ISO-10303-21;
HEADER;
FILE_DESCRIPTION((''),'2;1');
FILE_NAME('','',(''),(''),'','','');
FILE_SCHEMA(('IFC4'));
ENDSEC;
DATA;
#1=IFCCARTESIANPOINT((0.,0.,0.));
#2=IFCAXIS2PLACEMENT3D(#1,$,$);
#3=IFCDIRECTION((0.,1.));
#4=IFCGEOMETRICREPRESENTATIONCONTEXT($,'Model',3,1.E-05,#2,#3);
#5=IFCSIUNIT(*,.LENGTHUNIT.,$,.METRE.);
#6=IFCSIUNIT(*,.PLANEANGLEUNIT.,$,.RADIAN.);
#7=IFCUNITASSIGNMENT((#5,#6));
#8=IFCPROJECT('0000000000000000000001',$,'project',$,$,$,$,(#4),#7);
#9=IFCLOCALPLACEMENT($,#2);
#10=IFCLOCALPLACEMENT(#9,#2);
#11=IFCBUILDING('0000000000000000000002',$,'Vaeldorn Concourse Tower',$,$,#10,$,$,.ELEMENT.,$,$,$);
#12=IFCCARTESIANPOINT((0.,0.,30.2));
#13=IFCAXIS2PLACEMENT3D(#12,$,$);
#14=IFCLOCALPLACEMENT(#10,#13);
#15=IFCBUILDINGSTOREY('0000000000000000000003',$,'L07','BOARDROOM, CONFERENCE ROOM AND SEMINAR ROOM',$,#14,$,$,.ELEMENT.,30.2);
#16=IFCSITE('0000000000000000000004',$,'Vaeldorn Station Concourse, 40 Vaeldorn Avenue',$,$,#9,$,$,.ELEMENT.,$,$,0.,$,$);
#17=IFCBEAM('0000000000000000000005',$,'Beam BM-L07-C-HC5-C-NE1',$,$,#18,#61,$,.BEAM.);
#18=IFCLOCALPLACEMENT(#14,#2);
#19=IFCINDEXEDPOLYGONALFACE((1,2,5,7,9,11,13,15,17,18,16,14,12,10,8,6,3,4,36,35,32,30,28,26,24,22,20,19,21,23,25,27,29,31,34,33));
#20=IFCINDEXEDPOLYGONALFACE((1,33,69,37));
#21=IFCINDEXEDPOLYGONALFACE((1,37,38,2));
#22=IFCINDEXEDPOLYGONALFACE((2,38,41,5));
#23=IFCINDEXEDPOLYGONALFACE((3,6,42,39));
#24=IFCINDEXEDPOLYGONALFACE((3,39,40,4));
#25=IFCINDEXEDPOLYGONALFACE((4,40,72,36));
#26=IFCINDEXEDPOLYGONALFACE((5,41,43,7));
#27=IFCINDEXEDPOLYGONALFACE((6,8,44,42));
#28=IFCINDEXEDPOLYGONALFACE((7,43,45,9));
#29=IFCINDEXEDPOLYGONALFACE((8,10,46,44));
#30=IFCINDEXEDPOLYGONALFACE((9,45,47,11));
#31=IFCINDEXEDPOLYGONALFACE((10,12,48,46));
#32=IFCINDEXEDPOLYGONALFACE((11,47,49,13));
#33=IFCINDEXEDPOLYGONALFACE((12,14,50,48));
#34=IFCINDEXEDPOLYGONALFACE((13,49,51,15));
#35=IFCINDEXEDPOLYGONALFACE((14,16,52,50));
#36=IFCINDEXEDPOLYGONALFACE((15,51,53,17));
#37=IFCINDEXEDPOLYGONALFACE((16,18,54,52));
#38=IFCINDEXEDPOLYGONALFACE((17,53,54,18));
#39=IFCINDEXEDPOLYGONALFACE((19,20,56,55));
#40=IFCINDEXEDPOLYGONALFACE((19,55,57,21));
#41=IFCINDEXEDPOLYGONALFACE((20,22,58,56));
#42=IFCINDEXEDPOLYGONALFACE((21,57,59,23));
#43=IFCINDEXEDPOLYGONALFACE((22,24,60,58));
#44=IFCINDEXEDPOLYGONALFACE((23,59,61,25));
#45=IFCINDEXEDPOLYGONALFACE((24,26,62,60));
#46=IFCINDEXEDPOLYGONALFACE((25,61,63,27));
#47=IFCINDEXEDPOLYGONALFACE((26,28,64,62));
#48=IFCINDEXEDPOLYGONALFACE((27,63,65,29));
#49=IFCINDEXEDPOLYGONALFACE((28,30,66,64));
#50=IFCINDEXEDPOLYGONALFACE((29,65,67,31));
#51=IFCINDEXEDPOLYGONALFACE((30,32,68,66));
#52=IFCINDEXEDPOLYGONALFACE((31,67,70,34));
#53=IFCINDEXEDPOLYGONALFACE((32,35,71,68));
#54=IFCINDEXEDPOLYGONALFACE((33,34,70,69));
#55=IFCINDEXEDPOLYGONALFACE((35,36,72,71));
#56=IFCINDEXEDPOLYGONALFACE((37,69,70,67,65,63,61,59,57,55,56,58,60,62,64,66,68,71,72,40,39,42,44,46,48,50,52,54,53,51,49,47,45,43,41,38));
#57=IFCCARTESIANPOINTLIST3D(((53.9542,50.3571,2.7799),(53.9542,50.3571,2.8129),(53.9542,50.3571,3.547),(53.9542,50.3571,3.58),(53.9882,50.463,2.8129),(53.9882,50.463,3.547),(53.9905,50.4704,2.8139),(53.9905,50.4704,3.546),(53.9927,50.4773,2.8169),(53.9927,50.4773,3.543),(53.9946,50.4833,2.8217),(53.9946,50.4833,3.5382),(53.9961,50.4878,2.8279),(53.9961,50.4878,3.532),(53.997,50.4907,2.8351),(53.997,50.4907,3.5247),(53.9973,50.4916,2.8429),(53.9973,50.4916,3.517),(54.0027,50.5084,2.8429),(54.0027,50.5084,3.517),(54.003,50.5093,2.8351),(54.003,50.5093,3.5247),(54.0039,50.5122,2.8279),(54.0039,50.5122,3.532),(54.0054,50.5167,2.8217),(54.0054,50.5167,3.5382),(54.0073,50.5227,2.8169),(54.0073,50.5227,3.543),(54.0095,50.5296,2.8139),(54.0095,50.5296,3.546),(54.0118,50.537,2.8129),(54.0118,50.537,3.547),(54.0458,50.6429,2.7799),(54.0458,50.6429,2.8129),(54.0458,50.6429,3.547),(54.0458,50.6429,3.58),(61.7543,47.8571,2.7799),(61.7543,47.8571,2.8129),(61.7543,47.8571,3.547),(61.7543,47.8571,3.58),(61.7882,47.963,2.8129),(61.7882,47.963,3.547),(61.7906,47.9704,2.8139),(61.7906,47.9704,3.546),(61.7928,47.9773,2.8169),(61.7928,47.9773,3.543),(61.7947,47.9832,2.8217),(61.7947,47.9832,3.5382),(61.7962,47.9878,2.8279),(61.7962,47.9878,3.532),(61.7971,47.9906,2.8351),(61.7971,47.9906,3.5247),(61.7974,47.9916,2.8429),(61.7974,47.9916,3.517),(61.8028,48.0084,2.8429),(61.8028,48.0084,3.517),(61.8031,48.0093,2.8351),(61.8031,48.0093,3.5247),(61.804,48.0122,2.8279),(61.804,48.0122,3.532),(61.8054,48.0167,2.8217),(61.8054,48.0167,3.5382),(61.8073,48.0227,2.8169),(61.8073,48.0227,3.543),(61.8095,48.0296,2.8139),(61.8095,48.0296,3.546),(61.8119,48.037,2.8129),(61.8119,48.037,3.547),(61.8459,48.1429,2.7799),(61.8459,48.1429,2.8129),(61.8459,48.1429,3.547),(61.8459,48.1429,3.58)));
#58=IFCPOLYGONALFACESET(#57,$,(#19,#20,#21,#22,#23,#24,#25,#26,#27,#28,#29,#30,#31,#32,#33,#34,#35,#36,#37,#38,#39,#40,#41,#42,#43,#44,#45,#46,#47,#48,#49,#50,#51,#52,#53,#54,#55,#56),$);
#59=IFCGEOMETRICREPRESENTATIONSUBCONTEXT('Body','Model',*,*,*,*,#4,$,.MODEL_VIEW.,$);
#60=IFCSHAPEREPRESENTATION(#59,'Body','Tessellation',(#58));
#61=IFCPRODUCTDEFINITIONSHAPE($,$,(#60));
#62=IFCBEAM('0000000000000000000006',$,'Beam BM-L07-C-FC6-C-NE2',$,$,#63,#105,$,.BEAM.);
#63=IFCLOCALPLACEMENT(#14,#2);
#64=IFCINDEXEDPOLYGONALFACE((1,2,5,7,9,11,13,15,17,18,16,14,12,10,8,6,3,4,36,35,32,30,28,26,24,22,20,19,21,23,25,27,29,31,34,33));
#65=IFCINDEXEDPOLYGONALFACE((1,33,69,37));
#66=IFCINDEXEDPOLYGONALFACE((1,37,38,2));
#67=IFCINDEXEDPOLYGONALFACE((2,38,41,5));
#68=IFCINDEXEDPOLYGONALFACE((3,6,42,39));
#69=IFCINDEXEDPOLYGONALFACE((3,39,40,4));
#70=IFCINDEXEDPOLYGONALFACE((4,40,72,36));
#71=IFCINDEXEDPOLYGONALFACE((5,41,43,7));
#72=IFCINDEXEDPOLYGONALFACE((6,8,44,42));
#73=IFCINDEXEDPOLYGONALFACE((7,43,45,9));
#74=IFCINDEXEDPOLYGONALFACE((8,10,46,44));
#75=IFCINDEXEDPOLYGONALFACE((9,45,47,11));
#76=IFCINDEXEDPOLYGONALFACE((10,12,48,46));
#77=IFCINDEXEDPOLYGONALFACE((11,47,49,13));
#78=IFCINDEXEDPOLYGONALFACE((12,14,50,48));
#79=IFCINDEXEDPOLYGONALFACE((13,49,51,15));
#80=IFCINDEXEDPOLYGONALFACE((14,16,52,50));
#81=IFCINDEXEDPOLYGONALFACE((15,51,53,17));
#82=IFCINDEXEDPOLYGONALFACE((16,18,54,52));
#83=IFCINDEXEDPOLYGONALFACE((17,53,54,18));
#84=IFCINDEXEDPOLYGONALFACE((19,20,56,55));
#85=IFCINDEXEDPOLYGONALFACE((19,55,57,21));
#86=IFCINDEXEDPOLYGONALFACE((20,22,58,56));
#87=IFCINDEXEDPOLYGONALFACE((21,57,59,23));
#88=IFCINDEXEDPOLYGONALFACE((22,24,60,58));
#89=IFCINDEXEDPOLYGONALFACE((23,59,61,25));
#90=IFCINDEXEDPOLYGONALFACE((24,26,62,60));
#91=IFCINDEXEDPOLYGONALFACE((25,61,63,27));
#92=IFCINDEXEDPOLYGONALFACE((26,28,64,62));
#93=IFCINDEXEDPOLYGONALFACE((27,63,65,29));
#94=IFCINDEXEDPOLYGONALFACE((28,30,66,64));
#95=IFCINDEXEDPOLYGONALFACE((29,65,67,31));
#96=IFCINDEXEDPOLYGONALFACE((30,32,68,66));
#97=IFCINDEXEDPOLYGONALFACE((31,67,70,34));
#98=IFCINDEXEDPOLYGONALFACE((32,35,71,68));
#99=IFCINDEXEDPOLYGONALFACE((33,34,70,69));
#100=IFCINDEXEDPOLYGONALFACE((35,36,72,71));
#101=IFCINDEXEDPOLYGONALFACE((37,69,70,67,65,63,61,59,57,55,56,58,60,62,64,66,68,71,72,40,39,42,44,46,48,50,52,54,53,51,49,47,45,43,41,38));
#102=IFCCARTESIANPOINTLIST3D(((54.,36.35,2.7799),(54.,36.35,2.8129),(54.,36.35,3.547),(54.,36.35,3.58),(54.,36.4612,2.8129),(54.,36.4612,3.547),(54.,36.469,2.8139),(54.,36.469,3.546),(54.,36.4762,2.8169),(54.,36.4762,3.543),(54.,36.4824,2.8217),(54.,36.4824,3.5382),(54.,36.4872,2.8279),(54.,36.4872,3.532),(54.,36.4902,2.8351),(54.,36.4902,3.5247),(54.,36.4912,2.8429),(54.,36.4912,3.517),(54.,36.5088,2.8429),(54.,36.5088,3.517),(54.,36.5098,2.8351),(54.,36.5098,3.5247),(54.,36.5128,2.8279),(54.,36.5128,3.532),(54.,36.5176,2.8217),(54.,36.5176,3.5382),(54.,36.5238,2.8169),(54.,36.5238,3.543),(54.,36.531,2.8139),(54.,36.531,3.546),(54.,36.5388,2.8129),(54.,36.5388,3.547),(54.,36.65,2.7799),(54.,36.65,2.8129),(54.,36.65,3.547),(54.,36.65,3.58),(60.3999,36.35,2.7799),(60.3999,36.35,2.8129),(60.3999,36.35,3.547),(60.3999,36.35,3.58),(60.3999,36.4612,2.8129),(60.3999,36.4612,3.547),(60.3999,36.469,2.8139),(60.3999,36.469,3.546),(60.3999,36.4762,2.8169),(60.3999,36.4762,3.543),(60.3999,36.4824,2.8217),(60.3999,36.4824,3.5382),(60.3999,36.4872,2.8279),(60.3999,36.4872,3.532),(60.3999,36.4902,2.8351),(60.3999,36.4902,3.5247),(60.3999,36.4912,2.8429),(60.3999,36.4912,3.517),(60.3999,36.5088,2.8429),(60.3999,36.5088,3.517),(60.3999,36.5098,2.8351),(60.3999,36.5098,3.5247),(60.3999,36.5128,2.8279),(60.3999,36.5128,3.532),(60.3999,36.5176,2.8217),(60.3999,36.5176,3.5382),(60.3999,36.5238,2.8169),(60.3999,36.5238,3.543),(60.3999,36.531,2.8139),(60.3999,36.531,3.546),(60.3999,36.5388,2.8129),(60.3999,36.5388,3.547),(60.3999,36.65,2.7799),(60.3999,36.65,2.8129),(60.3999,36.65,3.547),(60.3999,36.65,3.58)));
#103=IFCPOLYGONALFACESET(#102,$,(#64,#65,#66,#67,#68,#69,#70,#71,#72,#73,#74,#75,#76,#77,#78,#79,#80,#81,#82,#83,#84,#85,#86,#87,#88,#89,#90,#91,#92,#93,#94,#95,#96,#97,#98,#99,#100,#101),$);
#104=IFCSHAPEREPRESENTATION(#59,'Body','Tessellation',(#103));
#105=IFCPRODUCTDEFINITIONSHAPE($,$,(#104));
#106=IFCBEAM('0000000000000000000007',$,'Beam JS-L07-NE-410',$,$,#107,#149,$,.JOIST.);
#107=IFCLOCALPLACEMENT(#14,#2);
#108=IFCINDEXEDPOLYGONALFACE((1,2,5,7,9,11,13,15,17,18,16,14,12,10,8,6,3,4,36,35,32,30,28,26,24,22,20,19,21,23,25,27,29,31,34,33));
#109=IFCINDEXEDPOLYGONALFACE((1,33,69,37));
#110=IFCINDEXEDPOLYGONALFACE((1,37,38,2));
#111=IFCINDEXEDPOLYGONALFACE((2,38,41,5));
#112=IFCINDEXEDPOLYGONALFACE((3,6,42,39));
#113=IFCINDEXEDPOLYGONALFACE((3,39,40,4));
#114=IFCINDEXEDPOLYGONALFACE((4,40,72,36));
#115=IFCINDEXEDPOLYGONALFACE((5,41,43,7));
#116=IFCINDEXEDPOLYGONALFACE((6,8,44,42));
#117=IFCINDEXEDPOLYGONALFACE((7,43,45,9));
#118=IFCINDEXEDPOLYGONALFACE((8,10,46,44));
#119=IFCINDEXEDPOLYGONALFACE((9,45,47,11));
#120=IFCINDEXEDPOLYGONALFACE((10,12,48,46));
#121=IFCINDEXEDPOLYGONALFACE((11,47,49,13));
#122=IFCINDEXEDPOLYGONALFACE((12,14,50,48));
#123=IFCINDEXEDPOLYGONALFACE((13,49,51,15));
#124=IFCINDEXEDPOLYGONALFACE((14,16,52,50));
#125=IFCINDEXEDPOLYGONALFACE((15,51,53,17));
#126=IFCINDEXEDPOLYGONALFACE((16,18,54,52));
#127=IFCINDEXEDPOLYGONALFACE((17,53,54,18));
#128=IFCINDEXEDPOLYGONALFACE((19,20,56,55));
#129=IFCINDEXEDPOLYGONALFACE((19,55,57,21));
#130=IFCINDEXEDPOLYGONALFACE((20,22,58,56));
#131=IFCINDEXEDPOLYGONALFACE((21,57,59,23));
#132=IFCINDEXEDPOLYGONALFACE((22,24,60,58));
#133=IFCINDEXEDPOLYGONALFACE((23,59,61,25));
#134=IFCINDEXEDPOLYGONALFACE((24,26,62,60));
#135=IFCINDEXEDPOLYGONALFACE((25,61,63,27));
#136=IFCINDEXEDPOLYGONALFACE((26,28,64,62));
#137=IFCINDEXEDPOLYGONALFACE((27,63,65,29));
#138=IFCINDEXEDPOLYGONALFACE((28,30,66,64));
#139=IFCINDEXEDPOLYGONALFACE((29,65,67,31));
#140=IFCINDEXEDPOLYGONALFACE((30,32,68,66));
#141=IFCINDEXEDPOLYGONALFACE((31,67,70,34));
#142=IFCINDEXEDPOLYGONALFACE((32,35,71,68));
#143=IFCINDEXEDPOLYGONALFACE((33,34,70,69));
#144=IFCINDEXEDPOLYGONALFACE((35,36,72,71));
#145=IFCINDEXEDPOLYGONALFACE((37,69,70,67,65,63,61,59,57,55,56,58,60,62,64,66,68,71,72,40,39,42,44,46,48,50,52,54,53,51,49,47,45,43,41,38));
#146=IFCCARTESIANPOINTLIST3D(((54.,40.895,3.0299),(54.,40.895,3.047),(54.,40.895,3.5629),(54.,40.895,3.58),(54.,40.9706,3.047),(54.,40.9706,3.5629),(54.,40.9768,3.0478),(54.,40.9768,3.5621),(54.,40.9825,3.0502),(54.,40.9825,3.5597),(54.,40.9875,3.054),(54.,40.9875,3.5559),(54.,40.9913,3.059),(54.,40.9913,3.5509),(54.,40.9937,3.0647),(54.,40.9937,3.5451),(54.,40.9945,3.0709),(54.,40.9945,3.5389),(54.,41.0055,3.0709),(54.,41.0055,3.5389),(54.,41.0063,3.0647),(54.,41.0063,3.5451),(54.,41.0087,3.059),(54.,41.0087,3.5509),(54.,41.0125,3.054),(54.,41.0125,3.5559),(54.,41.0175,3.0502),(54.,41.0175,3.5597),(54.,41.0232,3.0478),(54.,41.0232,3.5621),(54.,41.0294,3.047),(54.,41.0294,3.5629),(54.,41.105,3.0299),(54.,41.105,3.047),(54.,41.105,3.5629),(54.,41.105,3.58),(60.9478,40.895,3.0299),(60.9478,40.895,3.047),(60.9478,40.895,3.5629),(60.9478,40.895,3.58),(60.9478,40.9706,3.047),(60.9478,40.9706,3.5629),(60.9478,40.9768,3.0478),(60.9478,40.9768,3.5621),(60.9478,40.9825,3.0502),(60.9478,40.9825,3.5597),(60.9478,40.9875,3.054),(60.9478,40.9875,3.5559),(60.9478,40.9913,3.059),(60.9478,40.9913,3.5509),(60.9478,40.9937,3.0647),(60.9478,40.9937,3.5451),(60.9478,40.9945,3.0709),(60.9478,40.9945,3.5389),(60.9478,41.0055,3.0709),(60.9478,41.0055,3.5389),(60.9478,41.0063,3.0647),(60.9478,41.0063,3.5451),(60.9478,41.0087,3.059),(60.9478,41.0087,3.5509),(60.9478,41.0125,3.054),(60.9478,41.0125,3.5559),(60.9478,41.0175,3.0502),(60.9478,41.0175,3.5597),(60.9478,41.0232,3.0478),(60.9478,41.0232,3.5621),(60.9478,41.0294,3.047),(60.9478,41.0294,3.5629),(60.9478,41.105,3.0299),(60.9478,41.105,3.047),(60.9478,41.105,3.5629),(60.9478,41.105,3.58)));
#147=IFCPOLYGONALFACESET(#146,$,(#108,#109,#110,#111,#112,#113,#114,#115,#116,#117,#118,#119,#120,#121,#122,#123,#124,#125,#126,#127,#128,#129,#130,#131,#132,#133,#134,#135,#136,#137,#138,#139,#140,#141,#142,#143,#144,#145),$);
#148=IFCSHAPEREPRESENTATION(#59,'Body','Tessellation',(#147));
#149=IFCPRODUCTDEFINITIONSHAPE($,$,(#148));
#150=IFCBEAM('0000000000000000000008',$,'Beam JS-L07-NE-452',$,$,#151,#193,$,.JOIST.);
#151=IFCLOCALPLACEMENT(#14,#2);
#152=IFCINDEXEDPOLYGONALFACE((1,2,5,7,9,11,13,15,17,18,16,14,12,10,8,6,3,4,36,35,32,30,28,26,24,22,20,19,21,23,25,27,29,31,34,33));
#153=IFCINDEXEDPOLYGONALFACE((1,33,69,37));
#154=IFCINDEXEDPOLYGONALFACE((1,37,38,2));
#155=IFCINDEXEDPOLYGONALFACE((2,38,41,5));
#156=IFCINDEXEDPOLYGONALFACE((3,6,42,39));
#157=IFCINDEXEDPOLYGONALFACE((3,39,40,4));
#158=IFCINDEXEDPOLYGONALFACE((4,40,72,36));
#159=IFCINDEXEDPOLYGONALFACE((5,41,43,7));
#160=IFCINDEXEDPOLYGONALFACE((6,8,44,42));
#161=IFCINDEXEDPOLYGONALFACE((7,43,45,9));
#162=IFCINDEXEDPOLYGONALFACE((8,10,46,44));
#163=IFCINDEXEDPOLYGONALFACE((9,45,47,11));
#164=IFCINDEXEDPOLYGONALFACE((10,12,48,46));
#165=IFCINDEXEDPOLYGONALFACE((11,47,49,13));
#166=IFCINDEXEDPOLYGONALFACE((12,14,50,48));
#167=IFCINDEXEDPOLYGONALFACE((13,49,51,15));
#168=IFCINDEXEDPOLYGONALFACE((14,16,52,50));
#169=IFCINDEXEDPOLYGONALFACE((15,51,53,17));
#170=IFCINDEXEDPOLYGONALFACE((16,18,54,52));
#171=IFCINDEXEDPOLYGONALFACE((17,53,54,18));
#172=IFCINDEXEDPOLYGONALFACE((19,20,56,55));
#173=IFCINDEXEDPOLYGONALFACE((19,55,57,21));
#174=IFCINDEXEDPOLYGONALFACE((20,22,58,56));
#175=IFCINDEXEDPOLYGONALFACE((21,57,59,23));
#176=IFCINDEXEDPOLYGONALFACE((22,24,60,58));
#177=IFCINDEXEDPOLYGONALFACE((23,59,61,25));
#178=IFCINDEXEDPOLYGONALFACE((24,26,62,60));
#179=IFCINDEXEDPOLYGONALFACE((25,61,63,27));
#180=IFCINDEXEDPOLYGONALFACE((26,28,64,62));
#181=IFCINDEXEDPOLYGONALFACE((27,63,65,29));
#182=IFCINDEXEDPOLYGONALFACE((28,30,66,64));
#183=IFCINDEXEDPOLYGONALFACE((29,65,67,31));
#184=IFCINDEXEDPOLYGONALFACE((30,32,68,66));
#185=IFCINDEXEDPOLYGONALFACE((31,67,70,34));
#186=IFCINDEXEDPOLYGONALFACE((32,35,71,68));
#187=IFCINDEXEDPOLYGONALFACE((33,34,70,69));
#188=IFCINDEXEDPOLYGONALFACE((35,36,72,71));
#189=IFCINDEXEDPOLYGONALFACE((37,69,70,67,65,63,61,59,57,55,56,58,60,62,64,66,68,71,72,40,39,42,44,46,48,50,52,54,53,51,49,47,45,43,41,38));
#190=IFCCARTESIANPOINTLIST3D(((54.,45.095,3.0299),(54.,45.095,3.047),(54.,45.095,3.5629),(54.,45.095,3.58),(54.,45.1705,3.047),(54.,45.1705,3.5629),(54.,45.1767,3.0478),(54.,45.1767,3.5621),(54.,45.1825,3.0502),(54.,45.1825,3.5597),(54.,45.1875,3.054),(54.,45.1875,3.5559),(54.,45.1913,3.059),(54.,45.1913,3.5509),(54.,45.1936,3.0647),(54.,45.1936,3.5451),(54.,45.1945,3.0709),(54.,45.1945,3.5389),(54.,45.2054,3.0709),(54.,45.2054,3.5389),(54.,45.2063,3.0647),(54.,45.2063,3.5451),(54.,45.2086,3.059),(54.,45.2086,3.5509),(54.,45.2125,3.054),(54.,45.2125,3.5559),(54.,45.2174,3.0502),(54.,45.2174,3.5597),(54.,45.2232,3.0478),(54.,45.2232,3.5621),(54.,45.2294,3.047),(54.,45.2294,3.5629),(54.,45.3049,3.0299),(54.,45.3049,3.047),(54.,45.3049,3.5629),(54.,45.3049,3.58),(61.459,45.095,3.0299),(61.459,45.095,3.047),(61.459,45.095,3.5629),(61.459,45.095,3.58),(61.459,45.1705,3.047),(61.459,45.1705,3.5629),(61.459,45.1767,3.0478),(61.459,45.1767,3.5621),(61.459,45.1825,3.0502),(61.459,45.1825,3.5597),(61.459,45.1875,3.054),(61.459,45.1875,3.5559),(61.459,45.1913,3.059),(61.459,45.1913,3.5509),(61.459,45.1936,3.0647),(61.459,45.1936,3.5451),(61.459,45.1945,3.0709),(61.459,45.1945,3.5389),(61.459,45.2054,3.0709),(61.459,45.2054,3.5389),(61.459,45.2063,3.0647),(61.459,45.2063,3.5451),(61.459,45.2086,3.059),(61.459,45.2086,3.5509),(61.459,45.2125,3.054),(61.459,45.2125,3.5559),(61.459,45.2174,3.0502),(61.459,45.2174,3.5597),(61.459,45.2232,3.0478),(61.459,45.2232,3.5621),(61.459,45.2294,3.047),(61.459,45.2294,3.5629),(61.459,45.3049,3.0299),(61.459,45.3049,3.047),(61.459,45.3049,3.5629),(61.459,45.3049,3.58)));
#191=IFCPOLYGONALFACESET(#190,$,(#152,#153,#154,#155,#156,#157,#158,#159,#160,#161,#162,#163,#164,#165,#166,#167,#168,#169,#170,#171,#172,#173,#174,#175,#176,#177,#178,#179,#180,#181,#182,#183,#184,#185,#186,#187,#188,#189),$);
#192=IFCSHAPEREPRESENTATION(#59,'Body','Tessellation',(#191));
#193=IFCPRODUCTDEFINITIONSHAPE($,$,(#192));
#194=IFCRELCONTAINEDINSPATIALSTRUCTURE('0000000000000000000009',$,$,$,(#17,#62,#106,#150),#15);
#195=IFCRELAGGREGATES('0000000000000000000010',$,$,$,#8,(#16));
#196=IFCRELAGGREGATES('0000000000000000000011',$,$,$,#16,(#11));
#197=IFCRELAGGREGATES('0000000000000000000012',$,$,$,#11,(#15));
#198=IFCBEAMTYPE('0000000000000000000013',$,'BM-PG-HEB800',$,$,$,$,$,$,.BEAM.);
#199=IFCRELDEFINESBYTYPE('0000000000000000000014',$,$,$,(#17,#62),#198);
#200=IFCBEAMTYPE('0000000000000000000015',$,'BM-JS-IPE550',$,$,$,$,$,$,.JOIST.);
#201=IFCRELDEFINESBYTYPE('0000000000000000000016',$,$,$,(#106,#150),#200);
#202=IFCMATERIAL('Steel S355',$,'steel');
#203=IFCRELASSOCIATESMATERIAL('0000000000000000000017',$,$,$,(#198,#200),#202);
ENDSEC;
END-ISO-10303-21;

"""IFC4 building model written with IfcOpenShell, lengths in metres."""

from ifc_helpers import new_model, si_unit, direction, frame, origin, origin_2d, place, context, subcontext, project, spatial, i_section, extrude, source, transform, mapped, material, material_profile, profile_set, type_object, element, save


model = new_model("IFC4")

# Units and contexts
model_context = context("Model", 3, precision=1e-05, world=origin(), true_north=direction((0.0, 1.0)))
body_context = subcontext(model_context, "Body", "Model", "MODEL_VIEW")
ifc_project = project(units=[si_unit("LENGTHUNIT", "METRE"), si_unit("PLANEANGLEUNIT", "RADIAN")], contexts=[model_context])

# Site, building, storey
site_placement = place(None, origin())
site = spatial("IfcSite", under=ifc_project, at=site_placement, Name="Vaeldorn Station Concourse, 40 Vaeldorn Avenue", CompositionType="ELEMENT", RefElevation=0.0)
building_placement = place(site_placement, origin())
building = spatial("IfcBuilding", under=site, at=building_placement, Name="Vaeldorn Concourse Tower", CompositionType="ELEMENT")
storey_placement = place(building_placement, frame((0.0, 0.0, 30.2)))
storey = spatial("IfcBuildingStorey", under=building, at=storey_placement, Name="L07", Description="BOARDROOM, CONFERENCE ROOM AND SEMINAR ROOM", CompositionType="ELEMENT", Elevation=30.2)

# Beams
ifc_material_1 = material(Name="Steel S355", Category="steel")
ifc_material_profile_1 = material_profile(ifc_material_1, i_section(OverallWidth=0.3, OverallDepth=0.8, WebThickness=0.0176, FlangeThickness=0.033, FilletRadius=0.03, at=origin_2d()), Name="HEB 800")
ifc_profile_set_1 = profile_set([ifc_material_profile_1], Name="Steel S355")
beam_type_1 = type_object("IfcBeamType", Name="BM-PG-HEB800", PredefinedType="BEAM", material=ifc_profile_set_1)
shared_shape_1 = source(origin(), body_context, "Body", "SweptSolid", [
    extrude(i_section(OverallWidth=0.3, OverallDepth=0.8, WebThickness=0.0176, FlangeThickness=0.033, FilletRadius=0.03, at=origin_2d()), origin(), (0.0, 0.0, 1.0), 8.1909),
])
beam_1_placement = place(storey_placement, frame((54.0, 50.5, 3.1799), z_axis=(0.952283, -0.305217, 0.0), x_axis=(0.305217, 0.952283, 0.0)))
element("IfcBeam", 1, at=beam_1_placement, inside=storey, type_object=beam_type_1, Name="Beam BM-L07-C-HC5-C-NE1", PredefinedType="BEAM", context=body_context, shape_type="MappedRepresentation", body=[
    mapped(shared_shape_1, transform((0.0, 0.0, 0.0), scale=1.0)),
])
shared_shape_2 = source(origin(), body_context, "Body", "SweptSolid", [
    extrude(i_section(OverallWidth=0.3, OverallDepth=0.8, WebThickness=0.0176, FlangeThickness=0.033, FilletRadius=0.03, at=origin_2d()), origin(), (0.0, 0.0, 1.0), 6.3999),
])
beam_2_placement = place(storey_placement, frame((54.0, 36.5, 3.1799), z_axis=(1.0, 0.0, 0.0), x_axis=(0.0, 1.0, 0.0)))
element("IfcBeam", 2, at=beam_2_placement, inside=storey, type_object=beam_type_1, Name="Beam BM-L07-C-FC6-C-NE2", PredefinedType="BEAM", context=body_context, shape_type="MappedRepresentation", body=[
    mapped(shared_shape_2, transform((0.0, 0.0, 0.0), scale=1.0)),
])
ifc_material_profile_2 = material_profile(ifc_material_1, i_section(OverallWidth=0.21, OverallDepth=0.55, WebThickness=0.011, FlangeThickness=0.0171, FilletRadius=0.0239, at=origin_2d()), Name="IPE 550")
ifc_profile_set_2 = profile_set([ifc_material_profile_2], Name="Steel S355")
beam_type_2 = type_object("IfcBeamType", Name="BM-JS-IPE550", PredefinedType="JOIST", material=ifc_profile_set_2)
shared_shape_3 = source(origin(), body_context, "Body", "SweptSolid", [
    extrude(i_section(OverallWidth=0.21, OverallDepth=0.55, WebThickness=0.011, FlangeThickness=0.0171, FilletRadius=0.0239, at=origin_2d()), origin(), (0.0, 0.0, 1.0), 6.9478),
])
beam_3_placement = place(storey_placement, frame((54.0, 41.0, 3.3049), z_axis=(1.0, 0.0, 0.0), x_axis=(0.0, 1.0, 0.0)))
element("IfcBeam", 3, at=beam_3_placement, inside=storey, type_object=beam_type_2, Name="Beam JS-L07-NE-410", PredefinedType="JOIST", context=body_context, shape_type="MappedRepresentation", body=[
    mapped(shared_shape_3, transform((0.0, 0.0, 0.0), scale=1.0)),
])
shared_shape_4 = source(origin(), body_context, "Body", "SweptSolid", [
    extrude(i_section(OverallWidth=0.21, OverallDepth=0.55, WebThickness=0.011, FlangeThickness=0.0171, FilletRadius=0.0239, at=origin_2d()), origin(), (0.0, 0.0, 1.0), 7.459),
])
beam_4_placement = place(storey_placement, frame((54.0, 45.2, 3.3049), z_axis=(1.0, 0.0, 0.0), x_axis=(0.0, 1.0, 0.0)))
element("IfcBeam", 4, at=beam_4_placement, inside=storey, type_object=beam_type_2, Name="Beam JS-L07-NE-452", PredefinedType="JOIST", context=body_context, shape_type="MappedRepresentation", body=[
    mapped(shared_shape_4, transform((0.0, 0.0, 0.0), scale=1.0)),
])

save(model, "model.ifc")
